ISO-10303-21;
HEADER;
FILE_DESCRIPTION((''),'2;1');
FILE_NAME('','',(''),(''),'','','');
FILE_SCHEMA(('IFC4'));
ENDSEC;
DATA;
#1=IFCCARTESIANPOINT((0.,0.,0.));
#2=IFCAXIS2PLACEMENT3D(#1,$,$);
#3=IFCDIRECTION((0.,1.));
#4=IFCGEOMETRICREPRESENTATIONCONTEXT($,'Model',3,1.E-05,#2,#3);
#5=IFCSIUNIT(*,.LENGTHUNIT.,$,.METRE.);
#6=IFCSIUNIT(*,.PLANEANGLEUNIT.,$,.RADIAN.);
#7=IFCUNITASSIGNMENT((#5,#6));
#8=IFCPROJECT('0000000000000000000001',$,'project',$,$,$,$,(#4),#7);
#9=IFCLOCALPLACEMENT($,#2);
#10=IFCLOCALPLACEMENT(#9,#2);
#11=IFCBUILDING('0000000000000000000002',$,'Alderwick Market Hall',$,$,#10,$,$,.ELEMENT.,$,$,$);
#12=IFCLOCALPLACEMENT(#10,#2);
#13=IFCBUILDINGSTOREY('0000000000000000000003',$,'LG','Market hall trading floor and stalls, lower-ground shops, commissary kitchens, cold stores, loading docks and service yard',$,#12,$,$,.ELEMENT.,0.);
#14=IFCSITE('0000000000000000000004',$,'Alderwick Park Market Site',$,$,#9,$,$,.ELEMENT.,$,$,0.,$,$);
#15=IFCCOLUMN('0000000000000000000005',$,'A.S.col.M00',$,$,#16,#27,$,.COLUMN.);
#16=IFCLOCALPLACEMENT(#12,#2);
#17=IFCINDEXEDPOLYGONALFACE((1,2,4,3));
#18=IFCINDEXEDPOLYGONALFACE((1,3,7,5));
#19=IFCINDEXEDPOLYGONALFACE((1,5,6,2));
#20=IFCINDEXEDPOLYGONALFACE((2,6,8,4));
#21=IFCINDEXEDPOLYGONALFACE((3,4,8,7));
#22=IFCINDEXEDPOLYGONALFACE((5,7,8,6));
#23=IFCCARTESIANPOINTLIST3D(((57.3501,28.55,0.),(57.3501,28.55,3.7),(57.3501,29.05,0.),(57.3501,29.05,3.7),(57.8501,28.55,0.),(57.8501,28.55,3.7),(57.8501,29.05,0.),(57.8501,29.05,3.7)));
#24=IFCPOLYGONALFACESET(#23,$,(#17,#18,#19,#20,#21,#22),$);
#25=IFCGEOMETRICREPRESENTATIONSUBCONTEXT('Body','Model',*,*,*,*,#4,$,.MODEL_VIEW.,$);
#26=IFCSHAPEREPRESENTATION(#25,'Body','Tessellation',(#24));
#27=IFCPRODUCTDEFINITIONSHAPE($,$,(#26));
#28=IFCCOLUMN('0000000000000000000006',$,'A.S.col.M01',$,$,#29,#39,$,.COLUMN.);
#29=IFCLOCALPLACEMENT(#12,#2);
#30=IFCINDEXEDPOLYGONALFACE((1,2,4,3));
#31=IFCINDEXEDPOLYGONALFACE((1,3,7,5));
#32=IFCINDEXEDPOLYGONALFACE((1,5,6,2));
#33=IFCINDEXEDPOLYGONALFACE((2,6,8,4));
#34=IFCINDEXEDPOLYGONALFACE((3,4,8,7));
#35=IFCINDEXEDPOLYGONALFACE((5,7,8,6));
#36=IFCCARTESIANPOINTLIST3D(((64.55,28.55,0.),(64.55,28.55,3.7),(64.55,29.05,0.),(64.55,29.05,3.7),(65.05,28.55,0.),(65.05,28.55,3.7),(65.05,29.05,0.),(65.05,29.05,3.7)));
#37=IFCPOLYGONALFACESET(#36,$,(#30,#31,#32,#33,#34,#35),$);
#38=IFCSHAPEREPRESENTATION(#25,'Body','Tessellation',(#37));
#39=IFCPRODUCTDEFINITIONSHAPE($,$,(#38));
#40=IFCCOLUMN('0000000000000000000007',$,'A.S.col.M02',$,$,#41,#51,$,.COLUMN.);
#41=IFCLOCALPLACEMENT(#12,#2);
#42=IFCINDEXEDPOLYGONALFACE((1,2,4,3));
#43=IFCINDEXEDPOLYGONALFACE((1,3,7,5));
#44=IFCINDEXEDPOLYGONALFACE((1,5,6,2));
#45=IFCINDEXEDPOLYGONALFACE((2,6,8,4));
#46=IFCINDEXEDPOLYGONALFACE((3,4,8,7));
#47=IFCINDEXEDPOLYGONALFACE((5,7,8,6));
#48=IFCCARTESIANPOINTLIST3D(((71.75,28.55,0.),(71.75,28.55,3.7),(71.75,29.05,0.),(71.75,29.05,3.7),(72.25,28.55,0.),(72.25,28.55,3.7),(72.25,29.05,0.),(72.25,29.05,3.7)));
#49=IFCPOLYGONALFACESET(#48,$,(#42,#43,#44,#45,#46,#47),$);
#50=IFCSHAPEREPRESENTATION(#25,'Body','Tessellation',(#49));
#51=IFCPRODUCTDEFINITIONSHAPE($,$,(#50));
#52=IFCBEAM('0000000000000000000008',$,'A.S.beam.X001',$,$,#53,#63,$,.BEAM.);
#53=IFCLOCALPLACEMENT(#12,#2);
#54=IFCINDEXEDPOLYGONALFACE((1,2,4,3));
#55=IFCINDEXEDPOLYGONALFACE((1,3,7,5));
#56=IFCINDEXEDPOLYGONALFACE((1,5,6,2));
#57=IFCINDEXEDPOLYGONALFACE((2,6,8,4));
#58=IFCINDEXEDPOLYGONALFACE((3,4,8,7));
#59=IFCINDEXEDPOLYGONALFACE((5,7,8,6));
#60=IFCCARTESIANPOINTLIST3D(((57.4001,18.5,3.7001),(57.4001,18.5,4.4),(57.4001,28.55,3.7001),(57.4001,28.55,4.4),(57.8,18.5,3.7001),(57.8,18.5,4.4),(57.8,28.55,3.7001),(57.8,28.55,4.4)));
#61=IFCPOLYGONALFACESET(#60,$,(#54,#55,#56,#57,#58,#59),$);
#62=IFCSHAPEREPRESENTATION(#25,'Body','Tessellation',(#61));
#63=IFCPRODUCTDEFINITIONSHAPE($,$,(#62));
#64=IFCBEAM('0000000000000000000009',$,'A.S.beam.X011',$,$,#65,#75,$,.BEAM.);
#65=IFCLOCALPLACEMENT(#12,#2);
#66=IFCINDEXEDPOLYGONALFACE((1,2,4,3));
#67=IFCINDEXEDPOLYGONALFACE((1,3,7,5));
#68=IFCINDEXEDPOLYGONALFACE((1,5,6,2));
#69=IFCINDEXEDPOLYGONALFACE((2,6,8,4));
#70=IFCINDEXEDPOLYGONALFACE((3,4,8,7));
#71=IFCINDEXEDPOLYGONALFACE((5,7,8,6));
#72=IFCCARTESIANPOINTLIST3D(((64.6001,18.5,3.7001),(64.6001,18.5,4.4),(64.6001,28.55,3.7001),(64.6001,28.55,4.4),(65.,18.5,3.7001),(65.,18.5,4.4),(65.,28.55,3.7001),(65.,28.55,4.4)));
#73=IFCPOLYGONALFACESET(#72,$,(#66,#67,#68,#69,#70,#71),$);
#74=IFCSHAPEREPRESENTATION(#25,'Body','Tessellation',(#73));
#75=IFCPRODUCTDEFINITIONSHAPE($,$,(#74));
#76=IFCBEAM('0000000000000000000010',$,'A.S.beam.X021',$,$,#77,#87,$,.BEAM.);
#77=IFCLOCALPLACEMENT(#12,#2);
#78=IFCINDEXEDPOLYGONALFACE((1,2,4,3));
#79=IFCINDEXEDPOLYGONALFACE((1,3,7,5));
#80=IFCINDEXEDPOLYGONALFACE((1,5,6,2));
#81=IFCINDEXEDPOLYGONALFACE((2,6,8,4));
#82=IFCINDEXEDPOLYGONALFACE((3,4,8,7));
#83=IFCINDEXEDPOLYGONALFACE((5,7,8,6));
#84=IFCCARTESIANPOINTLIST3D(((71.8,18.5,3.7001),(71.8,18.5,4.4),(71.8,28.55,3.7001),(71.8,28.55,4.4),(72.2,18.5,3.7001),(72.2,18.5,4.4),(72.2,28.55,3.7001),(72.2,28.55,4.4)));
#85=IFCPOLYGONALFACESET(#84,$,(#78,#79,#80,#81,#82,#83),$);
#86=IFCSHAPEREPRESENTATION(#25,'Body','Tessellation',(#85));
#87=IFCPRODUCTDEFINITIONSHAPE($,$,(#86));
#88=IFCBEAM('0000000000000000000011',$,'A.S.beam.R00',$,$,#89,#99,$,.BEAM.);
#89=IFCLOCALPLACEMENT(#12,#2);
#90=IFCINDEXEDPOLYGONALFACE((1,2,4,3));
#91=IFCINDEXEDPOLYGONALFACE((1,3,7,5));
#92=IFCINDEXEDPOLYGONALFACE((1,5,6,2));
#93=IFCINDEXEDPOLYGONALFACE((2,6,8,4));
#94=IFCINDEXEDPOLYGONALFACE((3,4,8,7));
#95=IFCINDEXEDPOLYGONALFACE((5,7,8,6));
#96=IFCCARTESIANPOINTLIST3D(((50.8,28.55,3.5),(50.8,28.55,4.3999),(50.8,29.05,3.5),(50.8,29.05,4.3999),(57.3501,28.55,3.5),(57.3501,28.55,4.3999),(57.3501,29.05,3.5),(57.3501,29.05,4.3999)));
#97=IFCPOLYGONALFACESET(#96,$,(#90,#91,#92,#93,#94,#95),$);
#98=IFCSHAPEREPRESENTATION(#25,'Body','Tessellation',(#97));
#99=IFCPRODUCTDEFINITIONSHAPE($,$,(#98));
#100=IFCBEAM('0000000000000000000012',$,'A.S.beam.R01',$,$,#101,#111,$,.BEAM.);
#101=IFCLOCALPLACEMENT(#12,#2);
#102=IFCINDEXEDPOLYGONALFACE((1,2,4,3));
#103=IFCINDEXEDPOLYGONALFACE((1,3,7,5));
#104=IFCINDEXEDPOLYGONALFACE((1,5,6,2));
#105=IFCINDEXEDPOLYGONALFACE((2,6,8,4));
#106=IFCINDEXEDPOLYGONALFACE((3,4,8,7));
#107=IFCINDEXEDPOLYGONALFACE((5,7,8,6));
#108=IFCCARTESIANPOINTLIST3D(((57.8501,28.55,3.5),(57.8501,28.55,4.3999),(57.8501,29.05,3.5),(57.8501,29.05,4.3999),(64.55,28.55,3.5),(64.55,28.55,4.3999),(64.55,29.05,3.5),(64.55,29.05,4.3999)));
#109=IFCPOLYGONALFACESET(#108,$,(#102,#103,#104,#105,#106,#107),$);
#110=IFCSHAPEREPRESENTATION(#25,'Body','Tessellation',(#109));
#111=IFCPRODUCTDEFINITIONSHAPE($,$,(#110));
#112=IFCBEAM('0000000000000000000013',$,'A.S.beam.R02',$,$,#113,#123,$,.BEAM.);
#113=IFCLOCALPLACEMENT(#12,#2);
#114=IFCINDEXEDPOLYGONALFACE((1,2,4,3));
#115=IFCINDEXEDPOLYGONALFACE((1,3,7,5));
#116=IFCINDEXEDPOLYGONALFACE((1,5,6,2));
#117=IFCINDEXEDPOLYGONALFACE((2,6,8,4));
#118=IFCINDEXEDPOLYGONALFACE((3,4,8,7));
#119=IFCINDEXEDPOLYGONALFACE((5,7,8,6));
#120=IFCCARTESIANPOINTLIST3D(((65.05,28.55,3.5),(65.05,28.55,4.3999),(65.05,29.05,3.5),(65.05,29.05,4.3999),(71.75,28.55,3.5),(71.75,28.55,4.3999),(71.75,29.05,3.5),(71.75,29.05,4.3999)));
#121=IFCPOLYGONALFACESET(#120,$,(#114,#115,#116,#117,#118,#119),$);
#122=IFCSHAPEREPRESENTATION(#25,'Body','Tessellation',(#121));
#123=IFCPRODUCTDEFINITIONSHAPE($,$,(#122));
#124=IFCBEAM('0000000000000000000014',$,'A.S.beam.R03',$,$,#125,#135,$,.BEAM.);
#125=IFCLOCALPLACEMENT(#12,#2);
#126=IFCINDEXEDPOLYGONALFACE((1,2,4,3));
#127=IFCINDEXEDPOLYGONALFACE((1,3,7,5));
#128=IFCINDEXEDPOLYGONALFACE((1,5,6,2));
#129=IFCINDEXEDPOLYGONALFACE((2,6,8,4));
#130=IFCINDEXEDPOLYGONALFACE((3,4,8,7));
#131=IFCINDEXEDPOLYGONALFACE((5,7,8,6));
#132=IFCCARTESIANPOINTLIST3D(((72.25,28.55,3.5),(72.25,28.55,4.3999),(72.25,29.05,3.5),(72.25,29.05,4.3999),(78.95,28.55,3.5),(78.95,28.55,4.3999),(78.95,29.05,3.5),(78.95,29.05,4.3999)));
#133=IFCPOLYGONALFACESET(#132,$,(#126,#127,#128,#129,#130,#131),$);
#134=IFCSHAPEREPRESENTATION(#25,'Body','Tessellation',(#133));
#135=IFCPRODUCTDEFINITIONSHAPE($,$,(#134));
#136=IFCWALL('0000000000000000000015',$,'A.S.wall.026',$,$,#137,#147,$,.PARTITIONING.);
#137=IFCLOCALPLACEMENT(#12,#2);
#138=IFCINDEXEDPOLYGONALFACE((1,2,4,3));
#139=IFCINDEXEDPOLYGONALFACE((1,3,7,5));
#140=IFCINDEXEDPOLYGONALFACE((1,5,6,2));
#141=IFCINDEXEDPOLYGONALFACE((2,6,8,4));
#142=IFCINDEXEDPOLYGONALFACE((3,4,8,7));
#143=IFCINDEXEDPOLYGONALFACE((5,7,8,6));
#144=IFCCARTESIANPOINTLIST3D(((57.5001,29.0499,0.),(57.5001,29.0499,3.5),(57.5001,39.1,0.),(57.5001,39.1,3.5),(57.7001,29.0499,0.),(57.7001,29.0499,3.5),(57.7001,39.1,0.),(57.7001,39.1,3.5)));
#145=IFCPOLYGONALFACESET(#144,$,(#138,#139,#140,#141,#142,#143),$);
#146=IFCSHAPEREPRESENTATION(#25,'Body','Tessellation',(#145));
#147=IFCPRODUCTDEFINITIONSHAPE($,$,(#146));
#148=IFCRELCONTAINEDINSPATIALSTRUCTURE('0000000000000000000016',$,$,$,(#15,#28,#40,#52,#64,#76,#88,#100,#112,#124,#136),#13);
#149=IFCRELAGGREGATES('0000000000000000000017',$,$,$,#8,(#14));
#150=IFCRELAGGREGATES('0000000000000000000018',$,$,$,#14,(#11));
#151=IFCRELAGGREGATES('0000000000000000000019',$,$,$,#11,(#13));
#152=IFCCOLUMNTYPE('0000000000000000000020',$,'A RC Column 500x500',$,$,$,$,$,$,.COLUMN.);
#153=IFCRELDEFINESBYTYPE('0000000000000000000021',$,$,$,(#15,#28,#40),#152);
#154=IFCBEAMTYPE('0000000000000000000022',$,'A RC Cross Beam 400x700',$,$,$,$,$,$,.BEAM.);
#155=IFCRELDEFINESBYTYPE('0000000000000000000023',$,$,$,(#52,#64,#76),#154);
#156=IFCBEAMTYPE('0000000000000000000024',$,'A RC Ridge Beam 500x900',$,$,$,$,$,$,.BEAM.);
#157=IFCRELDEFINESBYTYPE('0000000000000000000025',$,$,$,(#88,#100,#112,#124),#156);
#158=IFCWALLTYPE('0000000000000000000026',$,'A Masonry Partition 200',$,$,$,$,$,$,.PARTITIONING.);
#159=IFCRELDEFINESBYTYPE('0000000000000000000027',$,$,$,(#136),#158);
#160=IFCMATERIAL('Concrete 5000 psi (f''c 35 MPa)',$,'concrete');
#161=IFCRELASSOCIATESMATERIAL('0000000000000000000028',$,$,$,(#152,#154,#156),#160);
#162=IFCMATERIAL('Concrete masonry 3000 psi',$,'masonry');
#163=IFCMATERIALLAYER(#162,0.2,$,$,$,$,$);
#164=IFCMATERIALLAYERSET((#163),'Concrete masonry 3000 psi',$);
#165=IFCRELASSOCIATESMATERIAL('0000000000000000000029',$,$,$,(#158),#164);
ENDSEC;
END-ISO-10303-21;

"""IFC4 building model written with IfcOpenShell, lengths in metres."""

from ifc_helpers import new_model, si_unit, direction, frame, frame_2d, origin, origin_2d, place, context, subcontext, project, spatial, rectangle, extrude, material, layer, layer_set, material_profile, profile_set, type_object, element, save


model = new_model("IFC4")

# Units and contexts
model_context = context("Model", 3, precision=1e-05, world=origin(), true_north=direction((0.0, 1.0)))
body_context = subcontext(model_context, "Body", "Model", "MODEL_VIEW")
ifc_project = project(units=[si_unit("LENGTHUNIT", "METRE"), si_unit("PLANEANGLEUNIT", "RADIAN")], contexts=[model_context])

# Site, building, storey
site_placement = place(None, origin())
site = spatial("IfcSite", under=ifc_project, at=site_placement, Name="Alderwick Park Market Site", CompositionType="ELEMENT", RefElevation=0.0)
building_placement = place(site_placement, origin())
building = spatial("IfcBuilding", under=site, at=building_placement, Name="Alderwick Market Hall", CompositionType="ELEMENT")
storey_placement = place(building_placement, origin())
storey = spatial("IfcBuildingStorey", under=building, at=storey_placement, Name="LG", Description="Market hall trading floor and stalls, lower-ground shops, commissary kitchens, cold stores, loading docks and service yard", CompositionType="ELEMENT", Elevation=0.0)

# Columns
ifc_material_1 = material(Name="Concrete 5000 psi (f'c 35 MPa)", Category="concrete")
ifc_material_profile_1 = material_profile(ifc_material_1, rectangle(XDim=0.5, YDim=0.5, at=origin_2d()), Name="A RC Column 500x500")
ifc_profile_set_1 = profile_set([ifc_material_profile_1], Name="Concrete 5000 psi (f'c 35 MPa)")
column_type = type_object("IfcColumnType", Name="A RC Column 500x500", PredefinedType="COLUMN", material=ifc_profile_set_1)
for number, where, z_axis, x_axis, name in (
    (1, (57.6001, 28.8, 0.0), (0.0, 0.0, 1.0), (1.0, 0.0, 0.0), "A.S.col.M00"),
    (2, (64.8, 28.8, 0.0), (0.0, 0.0, 1.0), (1.0, 0.0, 0.0), "A.S.col.M01"),
    (3, (72.0, 28.8, 0.0), (0.0, 0.0, 1.0), (1.0, 0.0, 0.0), "A.S.col.M02"),
):
    element("IfcColumn", number, at=place(storey_placement, frame(where, z_axis=z_axis, x_axis=x_axis)), inside=storey, type_object=column_type, Name=name, PredefinedType="COLUMN", context=body_context, shape_type="SweptSolid", body=[
        extrude(rectangle(XDim=0.5, YDim=0.5, at=origin_2d()), origin(), (0.0, 0.0, 1.0), 3.7),
    ])

# Beams
ifc_material_profile_2 = material_profile(ifc_material_1, rectangle(XDim=0.3999, YDim=0.7, at=origin_2d()), Name="A RC Cross Beam 400x700")
ifc_profile_set_2 = profile_set([ifc_material_profile_2], Name="Concrete 5000 psi (f'c 35 MPa)")
beam_type_1 = type_object("IfcBeamType", Name="A RC Cross Beam 400x700", PredefinedType="BEAM", material=ifc_profile_set_2)
for number, where, z_axis, x_axis, name in (
    (4, (57.6001, 28.55, 4.05), (0.0, -1.0, 0.0), (1.0, 0.0, 0.0), "A.S.beam.X001"),
    (5, (64.8, 28.55, 4.05), (0.0, -1.0, 0.0), (1.0, 0.0, 0.0), "A.S.beam.X011"),
    (6, (72.0, 28.55, 4.05), (0.0, -1.0, 0.0), (1.0, 0.0, 0.0), "A.S.beam.X021"),
):
    element("IfcBeam", number, at=place(storey_placement, frame(where, z_axis=z_axis, x_axis=x_axis)), inside=storey, type_object=beam_type_1, Name=name, PredefinedType="BEAM", context=body_context, shape_type="SweptSolid", body=[
        extrude(rectangle(XDim=0.3999, YDim=0.7, at=origin_2d()), origin(), (0.0, 0.0, 1.0), 10.05),
    ])
ifc_material_profile_3 = material_profile(ifc_material_1, rectangle(XDim=0.5, YDim=0.8999, at=origin_2d()), Name="A RC Ridge Beam 500x900")
ifc_profile_set_3 = profile_set([ifc_material_profile_3], Name="Concrete 5000 psi (f'c 35 MPa)")
beam_type_2 = type_object("IfcBeamType", Name="A RC Ridge Beam 500x900", PredefinedType="BEAM", material=ifc_profile_set_3)
beam_placement = place(storey_placement, frame((50.8, 28.8, 3.95), z_axis=(1.0, 0.0, 0.0), x_axis=(0.0, 1.0, 0.0)))
element("IfcBeam", 7, at=beam_placement, inside=storey, type_object=beam_type_2, Name="A.S.beam.R00", PredefinedType="BEAM", context=body_context, shape_type="SweptSolid", body=[
    extrude(rectangle(XDim=0.5, YDim=0.8999, at=origin_2d()), origin(), (0.0, 0.0, 1.0), 6.55),
])
for number, where, z_axis, x_axis, name in (
    (8, (57.8501, 28.8, 3.95), (1.0, 0.0, 0.0), (0.0, 1.0, 0.0), "A.S.beam.R01"),
    (9, (65.05, 28.8, 3.95), (1.0, 0.0, 0.0), (0.0, 1.0, 0.0), "A.S.beam.R02"),
    (10, (72.25, 28.8, 3.95), (1.0, 0.0, 0.0), (0.0, 1.0, 0.0), "A.S.beam.R03"),
):
    element("IfcBeam", number, at=place(storey_placement, frame(where, z_axis=z_axis, x_axis=x_axis)), inside=storey, type_object=beam_type_2, Name=name, PredefinedType="BEAM", context=body_context, shape_type="SweptSolid", body=[
        extrude(rectangle(XDim=0.5, YDim=0.8999, at=origin_2d()), origin(), (0.0, 0.0, 1.0), 6.7),
    ])

# Wall
ifc_material_2 = material(Name="Concrete masonry 3000 psi", Category="masonry")
ifc_layer = layer(ifc_material_2, 0.2)
ifc_layer_set = layer_set([ifc_layer], Name="Concrete masonry 3000 psi")
wall_type = type_object("IfcWallType", Name="A Masonry Partition 200", PredefinedType="PARTITIONING", material=ifc_layer_set)
wall_placement = place(storey_placement, frame((57.6001, 29.05, 0.0), z_axis=(0.0, 0.0, 1.0), x_axis=(0.0, 1.0, 0.0)))
element("IfcWall", 11, at=wall_placement, inside=storey, type_object=wall_type, Name="A.S.wall.026", PredefinedType="PARTITIONING", context=body_context, shape_type="SweptSolid", body=[
    extrude(rectangle(XDim=10.05, YDim=0.2, at=frame_2d((5.0249, 0.0))), origin(), (0.0, 0.0, 1.0), 3.5),
])

save(model, "model.ifc")
